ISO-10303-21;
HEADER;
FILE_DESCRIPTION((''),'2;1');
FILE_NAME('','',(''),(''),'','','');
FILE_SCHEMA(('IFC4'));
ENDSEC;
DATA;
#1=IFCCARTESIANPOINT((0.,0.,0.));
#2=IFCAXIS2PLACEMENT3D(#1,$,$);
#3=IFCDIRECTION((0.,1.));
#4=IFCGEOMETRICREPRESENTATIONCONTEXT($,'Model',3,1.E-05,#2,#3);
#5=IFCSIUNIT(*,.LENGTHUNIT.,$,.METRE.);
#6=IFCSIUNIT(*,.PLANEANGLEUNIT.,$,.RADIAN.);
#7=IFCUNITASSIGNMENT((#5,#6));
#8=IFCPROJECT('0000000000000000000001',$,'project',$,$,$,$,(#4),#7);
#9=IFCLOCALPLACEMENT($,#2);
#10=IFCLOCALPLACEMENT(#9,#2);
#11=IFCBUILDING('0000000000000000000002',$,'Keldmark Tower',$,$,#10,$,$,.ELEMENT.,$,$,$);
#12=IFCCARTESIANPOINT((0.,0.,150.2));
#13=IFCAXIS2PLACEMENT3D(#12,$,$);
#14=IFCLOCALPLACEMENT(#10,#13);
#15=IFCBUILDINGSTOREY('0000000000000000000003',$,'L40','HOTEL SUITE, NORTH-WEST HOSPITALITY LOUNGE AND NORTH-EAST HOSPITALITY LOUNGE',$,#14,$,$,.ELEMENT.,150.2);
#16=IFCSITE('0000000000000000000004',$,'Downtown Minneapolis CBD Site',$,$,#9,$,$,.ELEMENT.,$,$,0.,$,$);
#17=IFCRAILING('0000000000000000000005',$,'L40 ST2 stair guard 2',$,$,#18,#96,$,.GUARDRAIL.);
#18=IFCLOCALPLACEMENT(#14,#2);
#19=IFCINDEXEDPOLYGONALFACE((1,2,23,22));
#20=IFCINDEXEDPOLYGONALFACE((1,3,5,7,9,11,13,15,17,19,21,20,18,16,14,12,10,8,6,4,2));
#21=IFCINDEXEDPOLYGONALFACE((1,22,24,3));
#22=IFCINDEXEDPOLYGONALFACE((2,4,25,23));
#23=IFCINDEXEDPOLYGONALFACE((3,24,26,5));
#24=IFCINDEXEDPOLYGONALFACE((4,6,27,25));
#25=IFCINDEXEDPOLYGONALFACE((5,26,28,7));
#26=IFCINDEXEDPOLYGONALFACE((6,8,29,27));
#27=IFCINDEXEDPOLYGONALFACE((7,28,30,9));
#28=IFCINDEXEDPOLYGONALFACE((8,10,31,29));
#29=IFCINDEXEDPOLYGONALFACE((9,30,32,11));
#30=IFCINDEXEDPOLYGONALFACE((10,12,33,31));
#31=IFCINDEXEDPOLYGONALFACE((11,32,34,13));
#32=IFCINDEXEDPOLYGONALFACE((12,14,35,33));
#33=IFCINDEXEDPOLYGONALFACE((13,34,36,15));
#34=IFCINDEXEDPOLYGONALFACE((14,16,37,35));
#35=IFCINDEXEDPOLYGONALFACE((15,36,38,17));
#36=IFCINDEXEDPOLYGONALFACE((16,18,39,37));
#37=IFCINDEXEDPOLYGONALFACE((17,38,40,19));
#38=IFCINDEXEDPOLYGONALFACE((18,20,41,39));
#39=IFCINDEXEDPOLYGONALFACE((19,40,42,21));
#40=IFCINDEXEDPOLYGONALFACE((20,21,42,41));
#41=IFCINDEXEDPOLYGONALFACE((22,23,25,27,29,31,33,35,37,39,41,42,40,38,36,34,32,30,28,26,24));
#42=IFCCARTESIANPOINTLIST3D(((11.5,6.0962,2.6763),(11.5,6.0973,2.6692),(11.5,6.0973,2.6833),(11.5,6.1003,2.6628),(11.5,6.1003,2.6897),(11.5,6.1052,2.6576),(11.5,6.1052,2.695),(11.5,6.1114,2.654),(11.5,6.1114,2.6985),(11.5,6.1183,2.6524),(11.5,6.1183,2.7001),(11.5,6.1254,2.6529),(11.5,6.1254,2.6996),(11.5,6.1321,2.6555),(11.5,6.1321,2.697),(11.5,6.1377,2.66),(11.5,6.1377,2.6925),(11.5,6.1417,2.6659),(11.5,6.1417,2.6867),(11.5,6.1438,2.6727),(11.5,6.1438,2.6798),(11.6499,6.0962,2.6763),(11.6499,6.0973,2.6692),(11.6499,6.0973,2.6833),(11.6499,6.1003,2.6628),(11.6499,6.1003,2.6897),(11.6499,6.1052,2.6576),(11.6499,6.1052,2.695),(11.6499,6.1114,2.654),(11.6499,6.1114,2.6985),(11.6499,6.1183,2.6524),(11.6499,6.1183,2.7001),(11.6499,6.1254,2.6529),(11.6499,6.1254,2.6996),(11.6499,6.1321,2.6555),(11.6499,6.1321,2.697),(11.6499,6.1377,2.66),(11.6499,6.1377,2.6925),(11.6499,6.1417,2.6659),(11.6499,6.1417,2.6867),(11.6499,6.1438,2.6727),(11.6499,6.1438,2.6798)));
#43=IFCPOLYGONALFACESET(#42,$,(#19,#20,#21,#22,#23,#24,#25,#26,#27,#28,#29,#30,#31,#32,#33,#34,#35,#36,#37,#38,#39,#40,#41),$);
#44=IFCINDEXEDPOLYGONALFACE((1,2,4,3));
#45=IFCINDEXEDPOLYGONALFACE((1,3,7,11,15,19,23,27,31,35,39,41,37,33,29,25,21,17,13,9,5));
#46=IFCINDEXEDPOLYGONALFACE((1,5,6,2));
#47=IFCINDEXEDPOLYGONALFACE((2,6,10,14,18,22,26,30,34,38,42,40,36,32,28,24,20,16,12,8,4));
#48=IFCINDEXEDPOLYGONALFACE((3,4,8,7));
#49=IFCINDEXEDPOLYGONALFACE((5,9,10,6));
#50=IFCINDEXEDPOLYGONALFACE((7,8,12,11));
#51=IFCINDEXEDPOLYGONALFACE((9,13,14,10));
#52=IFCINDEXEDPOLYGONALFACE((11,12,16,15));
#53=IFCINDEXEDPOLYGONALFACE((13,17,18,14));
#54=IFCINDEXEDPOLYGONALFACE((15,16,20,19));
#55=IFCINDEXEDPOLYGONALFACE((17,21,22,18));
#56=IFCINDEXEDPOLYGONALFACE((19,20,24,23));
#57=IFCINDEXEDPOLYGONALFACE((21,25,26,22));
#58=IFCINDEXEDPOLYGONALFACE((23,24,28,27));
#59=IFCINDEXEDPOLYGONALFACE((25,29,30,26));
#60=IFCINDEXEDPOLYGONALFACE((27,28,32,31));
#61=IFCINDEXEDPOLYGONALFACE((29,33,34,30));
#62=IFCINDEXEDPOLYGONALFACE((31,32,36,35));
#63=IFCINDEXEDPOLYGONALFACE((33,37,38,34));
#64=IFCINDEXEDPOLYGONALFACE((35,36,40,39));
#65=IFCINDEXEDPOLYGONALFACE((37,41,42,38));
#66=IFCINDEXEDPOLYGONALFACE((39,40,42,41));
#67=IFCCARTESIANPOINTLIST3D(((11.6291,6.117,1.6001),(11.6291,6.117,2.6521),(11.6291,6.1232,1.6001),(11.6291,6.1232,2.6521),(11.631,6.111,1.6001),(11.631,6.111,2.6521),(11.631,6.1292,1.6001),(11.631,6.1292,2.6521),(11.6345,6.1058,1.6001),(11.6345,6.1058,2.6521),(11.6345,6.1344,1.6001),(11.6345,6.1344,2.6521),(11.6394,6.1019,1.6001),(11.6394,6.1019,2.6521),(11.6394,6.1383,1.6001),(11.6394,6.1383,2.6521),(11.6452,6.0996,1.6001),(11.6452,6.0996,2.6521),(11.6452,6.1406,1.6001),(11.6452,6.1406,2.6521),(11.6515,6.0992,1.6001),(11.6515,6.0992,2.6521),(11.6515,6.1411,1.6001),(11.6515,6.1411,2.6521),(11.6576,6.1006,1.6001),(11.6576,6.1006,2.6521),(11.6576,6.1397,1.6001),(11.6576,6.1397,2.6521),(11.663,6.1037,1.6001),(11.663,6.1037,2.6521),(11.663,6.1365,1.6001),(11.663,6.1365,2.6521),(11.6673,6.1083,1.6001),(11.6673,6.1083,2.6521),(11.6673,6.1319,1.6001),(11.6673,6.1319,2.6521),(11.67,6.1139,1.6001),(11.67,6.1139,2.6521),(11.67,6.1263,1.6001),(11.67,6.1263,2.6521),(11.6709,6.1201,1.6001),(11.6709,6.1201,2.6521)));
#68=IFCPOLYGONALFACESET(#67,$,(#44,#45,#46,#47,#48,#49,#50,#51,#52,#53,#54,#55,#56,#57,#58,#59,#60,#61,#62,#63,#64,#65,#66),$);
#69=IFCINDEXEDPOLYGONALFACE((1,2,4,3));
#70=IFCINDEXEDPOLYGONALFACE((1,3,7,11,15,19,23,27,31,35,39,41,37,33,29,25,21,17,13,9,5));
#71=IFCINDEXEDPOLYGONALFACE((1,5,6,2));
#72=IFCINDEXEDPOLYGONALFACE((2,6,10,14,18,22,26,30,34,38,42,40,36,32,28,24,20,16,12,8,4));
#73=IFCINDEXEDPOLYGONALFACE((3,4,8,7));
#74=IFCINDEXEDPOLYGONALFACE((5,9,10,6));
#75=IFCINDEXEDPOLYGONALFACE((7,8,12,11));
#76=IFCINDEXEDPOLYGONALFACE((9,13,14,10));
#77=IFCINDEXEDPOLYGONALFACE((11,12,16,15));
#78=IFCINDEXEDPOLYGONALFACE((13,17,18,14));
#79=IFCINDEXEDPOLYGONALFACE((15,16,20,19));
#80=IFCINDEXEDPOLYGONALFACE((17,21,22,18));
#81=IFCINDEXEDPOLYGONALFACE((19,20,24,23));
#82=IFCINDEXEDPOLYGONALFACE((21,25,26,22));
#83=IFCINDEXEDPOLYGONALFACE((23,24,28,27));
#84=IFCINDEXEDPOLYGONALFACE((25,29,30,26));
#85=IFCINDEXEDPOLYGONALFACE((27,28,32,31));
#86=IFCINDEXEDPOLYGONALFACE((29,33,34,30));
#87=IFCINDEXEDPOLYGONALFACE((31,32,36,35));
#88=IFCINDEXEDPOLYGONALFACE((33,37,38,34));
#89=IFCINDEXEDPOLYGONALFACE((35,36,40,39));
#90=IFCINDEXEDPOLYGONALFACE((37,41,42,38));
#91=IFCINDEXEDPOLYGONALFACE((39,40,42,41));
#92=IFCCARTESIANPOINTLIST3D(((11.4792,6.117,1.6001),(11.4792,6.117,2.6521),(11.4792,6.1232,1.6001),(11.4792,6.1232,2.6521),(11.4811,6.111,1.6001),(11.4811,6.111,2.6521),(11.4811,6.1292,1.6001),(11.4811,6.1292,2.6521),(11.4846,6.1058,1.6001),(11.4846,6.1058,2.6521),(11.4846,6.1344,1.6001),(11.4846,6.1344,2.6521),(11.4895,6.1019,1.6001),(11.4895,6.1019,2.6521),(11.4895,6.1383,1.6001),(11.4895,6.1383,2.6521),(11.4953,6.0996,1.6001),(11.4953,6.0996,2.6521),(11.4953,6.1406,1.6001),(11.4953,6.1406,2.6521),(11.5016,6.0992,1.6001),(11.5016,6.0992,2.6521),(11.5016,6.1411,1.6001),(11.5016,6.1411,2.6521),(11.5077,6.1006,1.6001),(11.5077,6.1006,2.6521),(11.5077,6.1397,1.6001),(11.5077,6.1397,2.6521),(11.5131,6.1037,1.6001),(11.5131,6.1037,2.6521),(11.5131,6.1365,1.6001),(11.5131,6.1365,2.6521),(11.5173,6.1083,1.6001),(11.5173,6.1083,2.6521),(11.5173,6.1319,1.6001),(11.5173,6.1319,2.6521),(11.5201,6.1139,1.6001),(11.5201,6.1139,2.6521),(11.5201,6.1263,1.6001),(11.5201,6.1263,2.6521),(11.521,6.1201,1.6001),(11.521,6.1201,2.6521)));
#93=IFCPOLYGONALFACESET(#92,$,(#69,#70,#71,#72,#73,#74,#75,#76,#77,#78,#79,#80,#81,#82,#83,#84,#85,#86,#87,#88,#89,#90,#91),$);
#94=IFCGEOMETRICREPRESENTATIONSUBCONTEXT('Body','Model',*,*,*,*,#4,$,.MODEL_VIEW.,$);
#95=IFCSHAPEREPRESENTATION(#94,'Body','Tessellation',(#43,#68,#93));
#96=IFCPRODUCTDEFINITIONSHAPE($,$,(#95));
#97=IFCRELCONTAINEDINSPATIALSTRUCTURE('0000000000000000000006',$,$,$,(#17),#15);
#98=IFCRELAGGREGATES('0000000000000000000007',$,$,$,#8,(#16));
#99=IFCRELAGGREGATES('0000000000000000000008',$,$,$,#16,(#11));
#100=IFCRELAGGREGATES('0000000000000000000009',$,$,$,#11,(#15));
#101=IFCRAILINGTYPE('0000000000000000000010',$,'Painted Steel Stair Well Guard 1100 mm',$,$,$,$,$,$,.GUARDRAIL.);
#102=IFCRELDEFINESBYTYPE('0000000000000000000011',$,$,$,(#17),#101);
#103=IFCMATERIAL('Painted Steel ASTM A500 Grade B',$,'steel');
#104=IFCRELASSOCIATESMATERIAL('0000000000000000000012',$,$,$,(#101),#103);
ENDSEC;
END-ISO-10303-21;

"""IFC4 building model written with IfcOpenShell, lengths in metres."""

from ifc_helpers import new_model, si_unit, direction, frame, origin, origin_2d, place, context, subcontext, project, spatial, circle, extrude, material, type_object, element, save


model = new_model("IFC4")

# Units and contexts
model_context = context("Model", 3, precision=1e-05, world=origin(), true_north=direction((0.0, 1.0)))
body_context = subcontext(model_context, "Body", "Model", "MODEL_VIEW")
ifc_project = project(units=[si_unit("LENGTHUNIT", "METRE"), si_unit("PLANEANGLEUNIT", "RADIAN")], contexts=[model_context])

# Site, building, storey
site_placement = place(None, origin())
site = spatial("IfcSite", under=ifc_project, at=site_placement, Name="Downtown Minneapolis CBD Site", CompositionType="ELEMENT", RefElevation=0.0)
building_placement = place(site_placement, origin())
building = spatial("IfcBuilding", under=site, at=building_placement, Name="Keldmark Tower", CompositionType="ELEMENT")
storey_placement = place(building_placement, frame((0.0, 0.0, 150.2)))
storey = spatial("IfcBuildingStorey", under=building, at=storey_placement, Name="L40", Description="HOTEL SUITE, NORTH-WEST HOSPITALITY LOUNGE AND NORTH-EAST HOSPITALITY LOUNGE", CompositionType="ELEMENT", Elevation=150.2)

# Railing
ifc_material_1 = material(Name="Painted Steel ASTM A500 Grade B", Category="steel")
railing_type_1 = type_object("IfcRailingType", Name="Painted Steel Stair Well Guard 1100 mm", PredefinedType="GUARDRAIL", material=ifc_material_1)
railing_1_placement = place(storey_placement, frame((11.6499, 6.1201, 1.6001)))
element("IfcRailing", 1, at=railing_1_placement, inside=storey, type_object=railing_type_1, Name="L40 ST2 stair guard 2", PredefinedType="GUARDRAIL", context=body_context, shape_type="SweptSolid", body=[
    extrude(circle(Radius=0.0239, at=origin_2d()), frame((0.0, 0.0, 1.0762), z_axis=(-1.0, 0.0, 0.0), x_axis=(0.0, -1.0, 0.0)), (0.0, 0.0, 1.0), 0.1499),
    extrude(circle(Radius=0.021, at=origin_2d()), origin(), (0.0, 0.0, 1.0), 1.052),
    extrude(circle(Radius=0.021, at=origin_2d()), frame((-0.1499, 0.0, 0.0)), (0.0, 0.0, 1.0), 1.052),
])

save(model, "model.ifc")
